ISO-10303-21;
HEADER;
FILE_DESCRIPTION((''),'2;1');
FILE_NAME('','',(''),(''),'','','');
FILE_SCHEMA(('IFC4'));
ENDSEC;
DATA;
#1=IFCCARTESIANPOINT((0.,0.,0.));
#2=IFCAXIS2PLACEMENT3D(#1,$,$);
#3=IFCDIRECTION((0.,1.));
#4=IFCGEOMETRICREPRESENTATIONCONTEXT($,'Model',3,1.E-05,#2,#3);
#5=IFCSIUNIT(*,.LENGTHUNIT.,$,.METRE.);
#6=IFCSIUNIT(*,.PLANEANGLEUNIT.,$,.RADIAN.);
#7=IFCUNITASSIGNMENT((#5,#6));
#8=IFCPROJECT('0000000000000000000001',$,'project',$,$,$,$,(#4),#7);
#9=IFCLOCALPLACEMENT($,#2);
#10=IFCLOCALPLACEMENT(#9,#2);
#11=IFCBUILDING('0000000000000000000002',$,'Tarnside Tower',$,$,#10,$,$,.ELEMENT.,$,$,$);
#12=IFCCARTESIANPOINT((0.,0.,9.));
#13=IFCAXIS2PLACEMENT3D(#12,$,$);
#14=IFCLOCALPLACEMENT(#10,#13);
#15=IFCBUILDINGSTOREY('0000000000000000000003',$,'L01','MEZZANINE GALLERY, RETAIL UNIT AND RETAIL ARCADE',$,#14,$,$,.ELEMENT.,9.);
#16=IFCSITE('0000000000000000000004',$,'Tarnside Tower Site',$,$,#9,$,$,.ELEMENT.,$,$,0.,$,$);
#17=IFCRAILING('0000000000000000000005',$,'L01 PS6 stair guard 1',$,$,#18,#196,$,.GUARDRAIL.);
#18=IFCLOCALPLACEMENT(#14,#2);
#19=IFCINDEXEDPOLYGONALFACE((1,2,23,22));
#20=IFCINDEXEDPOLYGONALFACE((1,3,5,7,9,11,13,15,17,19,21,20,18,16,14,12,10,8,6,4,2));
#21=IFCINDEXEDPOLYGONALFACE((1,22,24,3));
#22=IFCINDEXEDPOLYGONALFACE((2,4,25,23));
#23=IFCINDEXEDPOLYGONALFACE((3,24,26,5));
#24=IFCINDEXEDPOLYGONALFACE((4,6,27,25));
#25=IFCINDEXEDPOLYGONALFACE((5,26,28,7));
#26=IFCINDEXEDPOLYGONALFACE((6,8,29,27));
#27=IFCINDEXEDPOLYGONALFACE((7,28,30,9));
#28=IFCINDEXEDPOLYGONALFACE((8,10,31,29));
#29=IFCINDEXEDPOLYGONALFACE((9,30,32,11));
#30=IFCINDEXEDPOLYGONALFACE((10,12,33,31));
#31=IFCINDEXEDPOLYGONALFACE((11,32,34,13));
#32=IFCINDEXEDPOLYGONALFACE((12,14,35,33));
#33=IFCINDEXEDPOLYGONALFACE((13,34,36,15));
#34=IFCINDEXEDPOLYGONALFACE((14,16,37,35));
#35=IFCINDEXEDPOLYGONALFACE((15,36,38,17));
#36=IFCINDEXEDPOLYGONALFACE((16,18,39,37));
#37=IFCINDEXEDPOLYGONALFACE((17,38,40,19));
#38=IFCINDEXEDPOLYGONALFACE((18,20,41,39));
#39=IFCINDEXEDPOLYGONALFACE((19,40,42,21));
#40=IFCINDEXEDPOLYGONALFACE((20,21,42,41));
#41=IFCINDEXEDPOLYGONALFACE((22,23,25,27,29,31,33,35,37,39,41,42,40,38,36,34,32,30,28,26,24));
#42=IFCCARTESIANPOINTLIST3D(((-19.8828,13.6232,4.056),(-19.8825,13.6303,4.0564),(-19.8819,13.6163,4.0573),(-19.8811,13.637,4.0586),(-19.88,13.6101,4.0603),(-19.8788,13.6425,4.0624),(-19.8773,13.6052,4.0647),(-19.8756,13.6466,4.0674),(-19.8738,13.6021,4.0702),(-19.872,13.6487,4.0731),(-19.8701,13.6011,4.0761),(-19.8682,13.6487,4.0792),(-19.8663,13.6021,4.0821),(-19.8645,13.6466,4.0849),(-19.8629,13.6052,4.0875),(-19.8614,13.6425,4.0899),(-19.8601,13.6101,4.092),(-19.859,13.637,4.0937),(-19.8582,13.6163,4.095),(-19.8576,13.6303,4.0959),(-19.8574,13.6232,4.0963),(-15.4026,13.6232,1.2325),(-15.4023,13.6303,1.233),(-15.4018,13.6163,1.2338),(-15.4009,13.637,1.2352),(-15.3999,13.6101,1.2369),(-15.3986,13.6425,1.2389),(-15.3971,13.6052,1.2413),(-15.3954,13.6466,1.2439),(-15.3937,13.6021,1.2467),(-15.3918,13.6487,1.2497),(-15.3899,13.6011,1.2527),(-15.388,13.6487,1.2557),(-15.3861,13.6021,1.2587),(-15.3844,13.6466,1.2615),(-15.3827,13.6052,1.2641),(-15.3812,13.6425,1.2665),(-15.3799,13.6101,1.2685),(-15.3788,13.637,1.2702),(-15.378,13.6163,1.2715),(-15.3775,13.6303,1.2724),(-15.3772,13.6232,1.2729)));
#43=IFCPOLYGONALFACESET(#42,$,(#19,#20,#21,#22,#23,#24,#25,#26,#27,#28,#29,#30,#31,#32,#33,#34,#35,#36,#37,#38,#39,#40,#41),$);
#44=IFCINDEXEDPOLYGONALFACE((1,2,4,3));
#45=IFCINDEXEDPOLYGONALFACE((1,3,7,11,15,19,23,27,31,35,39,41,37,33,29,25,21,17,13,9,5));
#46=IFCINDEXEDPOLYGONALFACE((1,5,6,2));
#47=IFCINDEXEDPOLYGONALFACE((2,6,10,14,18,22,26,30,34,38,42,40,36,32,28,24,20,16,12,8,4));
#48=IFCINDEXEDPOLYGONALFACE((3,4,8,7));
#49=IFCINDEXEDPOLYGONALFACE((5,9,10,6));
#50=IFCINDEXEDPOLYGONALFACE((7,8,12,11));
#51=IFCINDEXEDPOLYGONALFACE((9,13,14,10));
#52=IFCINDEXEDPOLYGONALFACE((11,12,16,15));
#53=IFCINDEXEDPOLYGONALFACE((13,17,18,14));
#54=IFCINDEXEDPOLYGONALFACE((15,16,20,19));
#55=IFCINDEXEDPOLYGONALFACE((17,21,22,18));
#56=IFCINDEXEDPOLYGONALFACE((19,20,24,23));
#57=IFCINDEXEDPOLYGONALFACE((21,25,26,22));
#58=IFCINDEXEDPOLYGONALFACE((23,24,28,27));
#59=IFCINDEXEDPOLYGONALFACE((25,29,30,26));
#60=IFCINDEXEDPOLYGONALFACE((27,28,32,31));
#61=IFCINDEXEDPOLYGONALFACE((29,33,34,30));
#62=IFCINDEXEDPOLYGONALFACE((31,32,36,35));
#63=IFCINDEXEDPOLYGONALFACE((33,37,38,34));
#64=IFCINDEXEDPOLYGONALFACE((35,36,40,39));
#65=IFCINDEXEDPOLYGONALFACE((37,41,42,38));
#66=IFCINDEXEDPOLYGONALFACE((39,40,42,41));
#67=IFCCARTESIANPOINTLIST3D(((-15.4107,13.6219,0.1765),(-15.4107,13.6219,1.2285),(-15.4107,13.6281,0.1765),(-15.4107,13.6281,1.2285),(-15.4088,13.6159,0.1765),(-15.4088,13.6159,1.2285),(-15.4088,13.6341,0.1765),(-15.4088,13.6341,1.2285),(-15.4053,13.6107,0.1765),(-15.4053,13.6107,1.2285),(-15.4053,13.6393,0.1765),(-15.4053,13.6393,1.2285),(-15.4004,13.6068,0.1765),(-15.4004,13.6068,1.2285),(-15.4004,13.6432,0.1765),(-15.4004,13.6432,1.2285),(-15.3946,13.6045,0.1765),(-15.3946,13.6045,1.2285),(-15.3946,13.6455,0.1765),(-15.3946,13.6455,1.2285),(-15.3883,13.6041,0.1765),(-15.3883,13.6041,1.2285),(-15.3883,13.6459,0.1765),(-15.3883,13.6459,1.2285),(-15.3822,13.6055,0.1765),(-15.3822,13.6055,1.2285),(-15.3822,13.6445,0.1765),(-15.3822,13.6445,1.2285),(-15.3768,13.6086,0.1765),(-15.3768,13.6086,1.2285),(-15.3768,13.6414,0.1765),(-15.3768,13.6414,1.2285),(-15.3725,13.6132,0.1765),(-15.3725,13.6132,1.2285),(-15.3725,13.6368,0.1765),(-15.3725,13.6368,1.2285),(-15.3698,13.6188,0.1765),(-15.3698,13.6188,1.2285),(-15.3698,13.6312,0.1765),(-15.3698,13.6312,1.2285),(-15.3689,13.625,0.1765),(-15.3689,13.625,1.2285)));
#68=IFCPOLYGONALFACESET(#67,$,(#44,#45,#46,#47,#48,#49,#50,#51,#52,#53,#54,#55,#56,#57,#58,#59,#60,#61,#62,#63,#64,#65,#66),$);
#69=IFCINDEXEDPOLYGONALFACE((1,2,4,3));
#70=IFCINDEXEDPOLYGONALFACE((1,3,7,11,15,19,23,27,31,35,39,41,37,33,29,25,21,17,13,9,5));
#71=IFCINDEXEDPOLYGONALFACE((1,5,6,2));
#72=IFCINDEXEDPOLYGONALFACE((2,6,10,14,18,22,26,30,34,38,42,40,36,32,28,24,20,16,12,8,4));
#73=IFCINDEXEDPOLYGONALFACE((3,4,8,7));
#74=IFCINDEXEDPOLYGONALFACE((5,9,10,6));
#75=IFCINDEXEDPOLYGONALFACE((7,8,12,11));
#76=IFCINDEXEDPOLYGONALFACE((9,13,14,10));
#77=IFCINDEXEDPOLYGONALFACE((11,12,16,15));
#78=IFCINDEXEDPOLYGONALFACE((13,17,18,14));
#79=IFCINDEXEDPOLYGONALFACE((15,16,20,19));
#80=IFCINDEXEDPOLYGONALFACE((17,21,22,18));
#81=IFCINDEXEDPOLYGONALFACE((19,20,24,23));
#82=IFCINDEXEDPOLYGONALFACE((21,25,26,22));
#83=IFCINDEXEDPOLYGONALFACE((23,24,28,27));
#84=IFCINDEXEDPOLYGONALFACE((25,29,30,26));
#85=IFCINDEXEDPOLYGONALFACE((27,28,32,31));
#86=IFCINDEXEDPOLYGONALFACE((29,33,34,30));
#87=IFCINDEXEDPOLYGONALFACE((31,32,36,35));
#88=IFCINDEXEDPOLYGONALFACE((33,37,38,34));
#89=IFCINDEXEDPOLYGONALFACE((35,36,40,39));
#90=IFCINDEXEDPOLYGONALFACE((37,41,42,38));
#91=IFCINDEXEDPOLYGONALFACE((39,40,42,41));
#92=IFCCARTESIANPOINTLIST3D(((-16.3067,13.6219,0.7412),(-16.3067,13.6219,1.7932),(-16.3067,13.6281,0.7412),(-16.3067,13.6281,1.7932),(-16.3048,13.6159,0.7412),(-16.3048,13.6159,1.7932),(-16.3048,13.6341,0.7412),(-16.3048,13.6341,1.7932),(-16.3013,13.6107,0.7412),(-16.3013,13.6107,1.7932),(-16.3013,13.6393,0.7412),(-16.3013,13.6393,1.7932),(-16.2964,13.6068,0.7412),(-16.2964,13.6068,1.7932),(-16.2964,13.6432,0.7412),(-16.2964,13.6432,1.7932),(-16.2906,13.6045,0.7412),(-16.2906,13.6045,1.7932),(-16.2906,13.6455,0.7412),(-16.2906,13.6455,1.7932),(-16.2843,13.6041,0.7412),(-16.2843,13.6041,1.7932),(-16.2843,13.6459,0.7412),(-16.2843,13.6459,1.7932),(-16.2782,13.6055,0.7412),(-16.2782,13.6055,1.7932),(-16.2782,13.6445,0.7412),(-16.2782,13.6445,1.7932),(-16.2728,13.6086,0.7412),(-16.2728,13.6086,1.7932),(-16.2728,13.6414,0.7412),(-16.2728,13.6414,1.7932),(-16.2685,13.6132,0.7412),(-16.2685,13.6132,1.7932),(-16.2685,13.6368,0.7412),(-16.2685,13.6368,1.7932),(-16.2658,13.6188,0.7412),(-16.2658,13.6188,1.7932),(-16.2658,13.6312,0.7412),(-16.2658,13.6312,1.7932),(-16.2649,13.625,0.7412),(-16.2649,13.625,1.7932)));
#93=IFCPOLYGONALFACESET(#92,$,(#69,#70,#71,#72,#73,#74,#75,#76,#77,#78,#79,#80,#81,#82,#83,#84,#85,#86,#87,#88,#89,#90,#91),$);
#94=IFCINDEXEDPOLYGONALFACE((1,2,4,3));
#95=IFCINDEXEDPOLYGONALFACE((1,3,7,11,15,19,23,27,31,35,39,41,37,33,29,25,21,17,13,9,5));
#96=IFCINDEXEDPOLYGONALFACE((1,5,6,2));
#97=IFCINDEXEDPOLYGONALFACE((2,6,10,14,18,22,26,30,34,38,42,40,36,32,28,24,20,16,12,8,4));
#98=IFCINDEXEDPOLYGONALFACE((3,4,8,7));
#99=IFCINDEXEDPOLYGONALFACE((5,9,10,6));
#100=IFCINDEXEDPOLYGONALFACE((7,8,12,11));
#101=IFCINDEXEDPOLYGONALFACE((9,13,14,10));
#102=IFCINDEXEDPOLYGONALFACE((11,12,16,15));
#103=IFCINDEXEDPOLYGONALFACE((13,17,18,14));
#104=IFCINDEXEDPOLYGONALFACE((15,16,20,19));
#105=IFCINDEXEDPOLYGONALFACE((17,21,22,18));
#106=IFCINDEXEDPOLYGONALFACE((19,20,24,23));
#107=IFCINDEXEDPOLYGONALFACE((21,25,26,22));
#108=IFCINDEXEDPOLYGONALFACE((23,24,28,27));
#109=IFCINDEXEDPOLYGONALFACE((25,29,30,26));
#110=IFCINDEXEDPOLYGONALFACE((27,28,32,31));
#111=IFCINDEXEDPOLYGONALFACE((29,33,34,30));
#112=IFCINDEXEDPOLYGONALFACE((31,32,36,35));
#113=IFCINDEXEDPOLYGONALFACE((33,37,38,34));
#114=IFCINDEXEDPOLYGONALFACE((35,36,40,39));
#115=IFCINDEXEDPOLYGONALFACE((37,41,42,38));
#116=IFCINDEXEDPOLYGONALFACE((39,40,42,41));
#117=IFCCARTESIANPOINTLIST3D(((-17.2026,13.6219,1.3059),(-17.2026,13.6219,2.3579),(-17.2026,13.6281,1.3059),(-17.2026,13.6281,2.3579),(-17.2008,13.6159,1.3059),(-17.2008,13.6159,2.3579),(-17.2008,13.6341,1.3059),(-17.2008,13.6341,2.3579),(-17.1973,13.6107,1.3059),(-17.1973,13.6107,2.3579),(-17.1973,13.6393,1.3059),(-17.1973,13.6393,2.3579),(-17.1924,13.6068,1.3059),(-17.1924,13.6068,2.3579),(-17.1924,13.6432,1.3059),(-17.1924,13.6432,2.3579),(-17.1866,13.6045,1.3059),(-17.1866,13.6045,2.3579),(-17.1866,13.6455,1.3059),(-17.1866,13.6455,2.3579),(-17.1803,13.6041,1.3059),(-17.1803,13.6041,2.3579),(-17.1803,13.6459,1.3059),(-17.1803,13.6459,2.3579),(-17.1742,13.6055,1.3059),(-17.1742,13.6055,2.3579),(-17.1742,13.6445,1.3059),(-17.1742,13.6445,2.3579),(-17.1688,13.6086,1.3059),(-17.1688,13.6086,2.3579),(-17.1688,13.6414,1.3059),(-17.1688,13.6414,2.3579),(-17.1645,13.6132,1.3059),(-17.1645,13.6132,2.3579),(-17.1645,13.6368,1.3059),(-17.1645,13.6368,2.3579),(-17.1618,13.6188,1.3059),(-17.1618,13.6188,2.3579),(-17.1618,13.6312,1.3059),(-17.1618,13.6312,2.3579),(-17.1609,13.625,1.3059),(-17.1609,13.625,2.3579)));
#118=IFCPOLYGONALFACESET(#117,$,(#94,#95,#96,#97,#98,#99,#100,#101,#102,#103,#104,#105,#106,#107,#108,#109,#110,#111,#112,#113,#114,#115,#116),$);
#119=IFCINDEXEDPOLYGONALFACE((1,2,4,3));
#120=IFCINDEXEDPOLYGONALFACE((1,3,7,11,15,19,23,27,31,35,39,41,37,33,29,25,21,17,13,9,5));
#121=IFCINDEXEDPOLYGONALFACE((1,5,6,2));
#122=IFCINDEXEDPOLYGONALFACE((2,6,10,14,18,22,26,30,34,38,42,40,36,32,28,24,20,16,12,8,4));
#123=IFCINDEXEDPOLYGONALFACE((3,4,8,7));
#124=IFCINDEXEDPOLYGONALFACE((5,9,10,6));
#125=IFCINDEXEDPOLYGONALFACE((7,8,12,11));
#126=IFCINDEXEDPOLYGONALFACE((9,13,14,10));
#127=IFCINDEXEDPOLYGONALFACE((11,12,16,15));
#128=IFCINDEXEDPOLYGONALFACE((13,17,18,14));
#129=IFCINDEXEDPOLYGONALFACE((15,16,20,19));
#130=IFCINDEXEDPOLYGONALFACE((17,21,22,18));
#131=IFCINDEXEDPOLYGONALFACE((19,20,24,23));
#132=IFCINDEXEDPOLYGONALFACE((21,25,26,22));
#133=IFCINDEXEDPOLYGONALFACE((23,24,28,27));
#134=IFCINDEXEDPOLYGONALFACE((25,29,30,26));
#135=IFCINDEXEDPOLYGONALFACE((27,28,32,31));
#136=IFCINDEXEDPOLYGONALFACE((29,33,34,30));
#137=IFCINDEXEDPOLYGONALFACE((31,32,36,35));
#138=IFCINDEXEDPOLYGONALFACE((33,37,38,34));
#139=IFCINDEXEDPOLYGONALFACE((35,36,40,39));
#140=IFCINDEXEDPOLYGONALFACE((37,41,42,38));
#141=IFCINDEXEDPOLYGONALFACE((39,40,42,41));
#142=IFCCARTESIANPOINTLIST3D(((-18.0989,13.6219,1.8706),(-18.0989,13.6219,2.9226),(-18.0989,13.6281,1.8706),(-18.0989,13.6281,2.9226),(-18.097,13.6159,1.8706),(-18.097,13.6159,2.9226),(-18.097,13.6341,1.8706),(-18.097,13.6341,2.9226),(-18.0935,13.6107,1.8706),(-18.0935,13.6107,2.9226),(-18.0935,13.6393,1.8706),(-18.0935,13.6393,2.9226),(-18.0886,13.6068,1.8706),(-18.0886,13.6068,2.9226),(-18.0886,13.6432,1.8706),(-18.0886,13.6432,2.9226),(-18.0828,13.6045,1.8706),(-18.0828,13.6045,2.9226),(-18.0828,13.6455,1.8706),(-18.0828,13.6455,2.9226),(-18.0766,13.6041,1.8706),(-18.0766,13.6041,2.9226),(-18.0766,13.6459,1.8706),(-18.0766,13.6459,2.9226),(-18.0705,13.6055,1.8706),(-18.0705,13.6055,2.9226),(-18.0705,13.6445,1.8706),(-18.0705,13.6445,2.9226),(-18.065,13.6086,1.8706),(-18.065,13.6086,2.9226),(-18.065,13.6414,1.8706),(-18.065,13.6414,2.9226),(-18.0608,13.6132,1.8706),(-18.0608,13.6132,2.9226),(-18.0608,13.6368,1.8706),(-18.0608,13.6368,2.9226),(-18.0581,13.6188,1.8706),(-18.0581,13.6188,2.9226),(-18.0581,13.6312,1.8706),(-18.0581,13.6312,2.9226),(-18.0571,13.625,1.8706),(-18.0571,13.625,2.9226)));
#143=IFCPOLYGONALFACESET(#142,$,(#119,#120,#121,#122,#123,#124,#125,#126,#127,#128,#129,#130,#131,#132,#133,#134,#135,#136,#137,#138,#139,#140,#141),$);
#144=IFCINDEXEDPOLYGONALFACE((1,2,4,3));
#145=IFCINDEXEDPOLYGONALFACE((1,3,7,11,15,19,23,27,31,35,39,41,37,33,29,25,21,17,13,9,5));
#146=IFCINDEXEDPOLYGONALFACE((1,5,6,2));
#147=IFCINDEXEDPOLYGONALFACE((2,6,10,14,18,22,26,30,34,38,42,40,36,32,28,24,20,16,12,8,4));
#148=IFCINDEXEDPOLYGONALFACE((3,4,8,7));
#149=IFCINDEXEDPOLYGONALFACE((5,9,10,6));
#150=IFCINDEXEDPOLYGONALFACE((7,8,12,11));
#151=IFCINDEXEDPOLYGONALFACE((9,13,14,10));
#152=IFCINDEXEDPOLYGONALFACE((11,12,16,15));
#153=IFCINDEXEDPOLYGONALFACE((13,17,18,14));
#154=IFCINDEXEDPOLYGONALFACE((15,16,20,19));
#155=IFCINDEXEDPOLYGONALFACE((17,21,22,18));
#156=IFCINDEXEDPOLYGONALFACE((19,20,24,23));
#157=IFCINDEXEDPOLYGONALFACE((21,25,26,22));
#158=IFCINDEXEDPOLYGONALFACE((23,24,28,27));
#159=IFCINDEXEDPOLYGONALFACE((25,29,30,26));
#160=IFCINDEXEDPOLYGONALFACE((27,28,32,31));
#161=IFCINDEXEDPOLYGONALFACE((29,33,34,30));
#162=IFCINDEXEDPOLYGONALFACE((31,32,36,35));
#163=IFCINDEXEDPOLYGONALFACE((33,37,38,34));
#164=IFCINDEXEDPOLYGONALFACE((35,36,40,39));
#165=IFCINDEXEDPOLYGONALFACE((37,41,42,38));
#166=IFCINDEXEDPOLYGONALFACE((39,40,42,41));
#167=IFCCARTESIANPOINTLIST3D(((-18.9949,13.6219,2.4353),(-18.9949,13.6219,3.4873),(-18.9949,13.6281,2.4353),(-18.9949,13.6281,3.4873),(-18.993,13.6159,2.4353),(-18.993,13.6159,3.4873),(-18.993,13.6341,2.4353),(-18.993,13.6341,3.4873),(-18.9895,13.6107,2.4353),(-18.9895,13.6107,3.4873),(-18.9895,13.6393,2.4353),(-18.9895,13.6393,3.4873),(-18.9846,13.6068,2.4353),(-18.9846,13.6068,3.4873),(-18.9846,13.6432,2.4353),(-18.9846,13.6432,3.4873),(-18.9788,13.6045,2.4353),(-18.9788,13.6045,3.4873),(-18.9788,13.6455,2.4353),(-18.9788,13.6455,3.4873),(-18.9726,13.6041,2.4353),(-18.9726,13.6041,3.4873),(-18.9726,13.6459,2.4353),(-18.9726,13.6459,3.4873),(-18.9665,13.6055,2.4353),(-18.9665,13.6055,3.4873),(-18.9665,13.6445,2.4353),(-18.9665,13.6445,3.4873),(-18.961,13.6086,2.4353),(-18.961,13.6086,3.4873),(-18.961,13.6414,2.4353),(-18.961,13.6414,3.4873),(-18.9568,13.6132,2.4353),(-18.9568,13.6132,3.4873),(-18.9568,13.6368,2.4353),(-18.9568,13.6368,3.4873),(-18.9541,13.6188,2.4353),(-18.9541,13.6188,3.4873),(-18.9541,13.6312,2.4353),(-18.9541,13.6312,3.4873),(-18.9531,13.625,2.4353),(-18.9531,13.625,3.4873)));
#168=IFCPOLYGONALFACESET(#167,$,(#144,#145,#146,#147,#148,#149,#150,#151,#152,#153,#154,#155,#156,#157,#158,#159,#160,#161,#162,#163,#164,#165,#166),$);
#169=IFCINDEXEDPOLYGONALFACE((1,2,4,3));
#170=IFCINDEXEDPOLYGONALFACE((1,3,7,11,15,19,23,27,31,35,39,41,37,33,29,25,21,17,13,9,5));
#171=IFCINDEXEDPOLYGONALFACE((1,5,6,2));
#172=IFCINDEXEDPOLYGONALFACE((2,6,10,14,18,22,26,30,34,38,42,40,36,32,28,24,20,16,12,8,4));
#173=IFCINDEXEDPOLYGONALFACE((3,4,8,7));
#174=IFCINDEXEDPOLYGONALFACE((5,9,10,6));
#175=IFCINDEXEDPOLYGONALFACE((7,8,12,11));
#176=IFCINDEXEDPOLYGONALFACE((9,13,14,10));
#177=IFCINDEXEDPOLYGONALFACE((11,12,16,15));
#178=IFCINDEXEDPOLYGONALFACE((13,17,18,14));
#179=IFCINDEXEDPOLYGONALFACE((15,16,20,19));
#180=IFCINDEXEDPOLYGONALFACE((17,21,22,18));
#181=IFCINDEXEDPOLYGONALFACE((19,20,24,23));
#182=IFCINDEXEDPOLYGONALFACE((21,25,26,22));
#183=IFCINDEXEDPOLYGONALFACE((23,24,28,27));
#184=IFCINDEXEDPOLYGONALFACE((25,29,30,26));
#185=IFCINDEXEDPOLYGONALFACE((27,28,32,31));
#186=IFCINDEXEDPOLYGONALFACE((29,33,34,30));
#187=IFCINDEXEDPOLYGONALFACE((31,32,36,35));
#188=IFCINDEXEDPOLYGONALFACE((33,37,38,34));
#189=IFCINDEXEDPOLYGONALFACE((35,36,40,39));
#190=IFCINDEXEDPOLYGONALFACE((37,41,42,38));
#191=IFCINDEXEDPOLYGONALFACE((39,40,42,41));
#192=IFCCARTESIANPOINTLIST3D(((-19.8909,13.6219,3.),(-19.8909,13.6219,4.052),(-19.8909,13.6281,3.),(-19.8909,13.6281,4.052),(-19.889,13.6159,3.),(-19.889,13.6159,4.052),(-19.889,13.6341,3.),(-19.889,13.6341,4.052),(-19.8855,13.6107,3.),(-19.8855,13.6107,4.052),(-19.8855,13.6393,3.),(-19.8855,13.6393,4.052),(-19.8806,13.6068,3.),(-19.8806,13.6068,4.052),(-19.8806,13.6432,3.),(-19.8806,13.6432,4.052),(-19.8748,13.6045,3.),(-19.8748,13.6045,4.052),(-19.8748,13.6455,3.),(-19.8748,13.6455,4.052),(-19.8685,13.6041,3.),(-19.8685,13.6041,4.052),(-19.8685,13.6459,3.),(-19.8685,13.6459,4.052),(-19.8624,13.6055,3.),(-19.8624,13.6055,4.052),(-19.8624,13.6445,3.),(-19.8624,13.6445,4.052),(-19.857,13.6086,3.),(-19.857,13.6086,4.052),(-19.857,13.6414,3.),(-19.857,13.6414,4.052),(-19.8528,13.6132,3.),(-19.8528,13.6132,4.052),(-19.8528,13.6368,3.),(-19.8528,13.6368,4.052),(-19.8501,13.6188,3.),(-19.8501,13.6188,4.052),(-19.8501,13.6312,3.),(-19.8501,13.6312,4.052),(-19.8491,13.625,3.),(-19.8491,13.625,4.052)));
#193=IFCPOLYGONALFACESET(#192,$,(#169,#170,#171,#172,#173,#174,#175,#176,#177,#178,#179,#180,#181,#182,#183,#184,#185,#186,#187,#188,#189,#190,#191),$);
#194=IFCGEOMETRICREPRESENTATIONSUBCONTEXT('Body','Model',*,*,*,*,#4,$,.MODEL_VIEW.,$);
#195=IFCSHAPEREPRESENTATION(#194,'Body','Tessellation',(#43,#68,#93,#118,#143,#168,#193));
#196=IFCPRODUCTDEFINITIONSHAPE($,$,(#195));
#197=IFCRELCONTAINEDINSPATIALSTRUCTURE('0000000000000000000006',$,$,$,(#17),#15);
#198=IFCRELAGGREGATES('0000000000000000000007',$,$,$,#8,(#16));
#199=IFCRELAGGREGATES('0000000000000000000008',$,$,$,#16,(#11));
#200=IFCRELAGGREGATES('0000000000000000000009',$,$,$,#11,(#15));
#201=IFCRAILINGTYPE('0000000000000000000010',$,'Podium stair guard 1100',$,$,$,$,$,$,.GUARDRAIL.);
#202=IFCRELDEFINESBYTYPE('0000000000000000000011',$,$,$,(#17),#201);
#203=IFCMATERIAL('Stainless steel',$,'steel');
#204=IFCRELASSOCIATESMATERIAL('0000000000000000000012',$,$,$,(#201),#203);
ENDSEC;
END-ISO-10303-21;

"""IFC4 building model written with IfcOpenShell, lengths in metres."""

from ifc_helpers import new_model, si_unit, direction, frame, origin, origin_2d, place, context, subcontext, project, spatial, circle, extrude, material, type_object, element, save


model = new_model("IFC4")

# Units and contexts
model_context = context("Model", 3, precision=1e-05, world=origin(), true_north=direction((0.0, 1.0)))
body_context = subcontext(model_context, "Body", "Model", "MODEL_VIEW")
ifc_project = project(units=[si_unit("LENGTHUNIT", "METRE"), si_unit("PLANEANGLEUNIT", "RADIAN")], contexts=[model_context])

# Site, building, storey
site_placement = place(None, origin())
site = spatial("IfcSite", under=ifc_project, at=site_placement, Name="Tarnside Tower Site", CompositionType="ELEMENT", RefElevation=0.0)
building_placement = place(site_placement, origin())
building = spatial("IfcBuilding", under=site, at=building_placement, Name="Tarnside Tower", CompositionType="ELEMENT")
storey_placement = place(building_placement, frame((0.0, 0.0, 9.0)))
storey = spatial("IfcBuildingStorey", under=building, at=storey_placement, Name="L01", Description="MEZZANINE GALLERY, RETAIL UNIT AND RETAIL ARCADE", CompositionType="ELEMENT", Elevation=9.0)

# Railing
ifc_material_1 = material(Name="Stainless steel", Category="steel")
railing_type_1 = type_object("IfcRailingType", Name="Podium stair guard 1100", PredefinedType="GUARDRAIL", material=ifc_material_1)
railing_1_placement = place(storey_placement, frame((-15.3899, 13.625, 0.1765)))
element("IfcRailing", 1, at=railing_1_placement, inside=storey, type_object=railing_type_1, Name="L01 PS6 stair guard 1", PredefinedType="GUARDRAIL", context=body_context, shape_type="SweptSolid", body=[
    extrude(circle(Radius=0.0239, at=origin_2d()), frame((0.0, 0.0, 1.0762), z_axis=(-0.846011, 0.0, 0.533165), x_axis=(0.0, -1.0, 0.0)), (0.0, 0.0, 1.0), 5.2957),
    extrude(circle(Radius=0.021, at=origin_2d()), origin(), (0.0, 0.0, 1.0), 1.052),
    extrude(circle(Radius=0.021, at=origin_2d()), frame((-0.896, 0.0, 0.5647)), (0.0, 0.0, 1.0), 1.052),
    extrude(circle(Radius=0.021, at=origin_2d()), frame((-1.792, 0.0, 1.1294)), (0.0, 0.0, 1.0), 1.052),
    extrude(circle(Radius=0.021, at=origin_2d()), frame((-2.6882, 0.0, 1.6941)), (0.0, 0.0, 1.0), 1.052),
    extrude(circle(Radius=0.021, at=origin_2d()), frame((-3.5842, 0.0, 2.2588)), (0.0, 0.0, 1.0), 1.052),
    extrude(circle(Radius=0.021, at=origin_2d()), frame((-4.4802, 0.0, 2.8235)), (0.0, 0.0, 1.0), 1.052),
])

save(model, "model.ifc")
